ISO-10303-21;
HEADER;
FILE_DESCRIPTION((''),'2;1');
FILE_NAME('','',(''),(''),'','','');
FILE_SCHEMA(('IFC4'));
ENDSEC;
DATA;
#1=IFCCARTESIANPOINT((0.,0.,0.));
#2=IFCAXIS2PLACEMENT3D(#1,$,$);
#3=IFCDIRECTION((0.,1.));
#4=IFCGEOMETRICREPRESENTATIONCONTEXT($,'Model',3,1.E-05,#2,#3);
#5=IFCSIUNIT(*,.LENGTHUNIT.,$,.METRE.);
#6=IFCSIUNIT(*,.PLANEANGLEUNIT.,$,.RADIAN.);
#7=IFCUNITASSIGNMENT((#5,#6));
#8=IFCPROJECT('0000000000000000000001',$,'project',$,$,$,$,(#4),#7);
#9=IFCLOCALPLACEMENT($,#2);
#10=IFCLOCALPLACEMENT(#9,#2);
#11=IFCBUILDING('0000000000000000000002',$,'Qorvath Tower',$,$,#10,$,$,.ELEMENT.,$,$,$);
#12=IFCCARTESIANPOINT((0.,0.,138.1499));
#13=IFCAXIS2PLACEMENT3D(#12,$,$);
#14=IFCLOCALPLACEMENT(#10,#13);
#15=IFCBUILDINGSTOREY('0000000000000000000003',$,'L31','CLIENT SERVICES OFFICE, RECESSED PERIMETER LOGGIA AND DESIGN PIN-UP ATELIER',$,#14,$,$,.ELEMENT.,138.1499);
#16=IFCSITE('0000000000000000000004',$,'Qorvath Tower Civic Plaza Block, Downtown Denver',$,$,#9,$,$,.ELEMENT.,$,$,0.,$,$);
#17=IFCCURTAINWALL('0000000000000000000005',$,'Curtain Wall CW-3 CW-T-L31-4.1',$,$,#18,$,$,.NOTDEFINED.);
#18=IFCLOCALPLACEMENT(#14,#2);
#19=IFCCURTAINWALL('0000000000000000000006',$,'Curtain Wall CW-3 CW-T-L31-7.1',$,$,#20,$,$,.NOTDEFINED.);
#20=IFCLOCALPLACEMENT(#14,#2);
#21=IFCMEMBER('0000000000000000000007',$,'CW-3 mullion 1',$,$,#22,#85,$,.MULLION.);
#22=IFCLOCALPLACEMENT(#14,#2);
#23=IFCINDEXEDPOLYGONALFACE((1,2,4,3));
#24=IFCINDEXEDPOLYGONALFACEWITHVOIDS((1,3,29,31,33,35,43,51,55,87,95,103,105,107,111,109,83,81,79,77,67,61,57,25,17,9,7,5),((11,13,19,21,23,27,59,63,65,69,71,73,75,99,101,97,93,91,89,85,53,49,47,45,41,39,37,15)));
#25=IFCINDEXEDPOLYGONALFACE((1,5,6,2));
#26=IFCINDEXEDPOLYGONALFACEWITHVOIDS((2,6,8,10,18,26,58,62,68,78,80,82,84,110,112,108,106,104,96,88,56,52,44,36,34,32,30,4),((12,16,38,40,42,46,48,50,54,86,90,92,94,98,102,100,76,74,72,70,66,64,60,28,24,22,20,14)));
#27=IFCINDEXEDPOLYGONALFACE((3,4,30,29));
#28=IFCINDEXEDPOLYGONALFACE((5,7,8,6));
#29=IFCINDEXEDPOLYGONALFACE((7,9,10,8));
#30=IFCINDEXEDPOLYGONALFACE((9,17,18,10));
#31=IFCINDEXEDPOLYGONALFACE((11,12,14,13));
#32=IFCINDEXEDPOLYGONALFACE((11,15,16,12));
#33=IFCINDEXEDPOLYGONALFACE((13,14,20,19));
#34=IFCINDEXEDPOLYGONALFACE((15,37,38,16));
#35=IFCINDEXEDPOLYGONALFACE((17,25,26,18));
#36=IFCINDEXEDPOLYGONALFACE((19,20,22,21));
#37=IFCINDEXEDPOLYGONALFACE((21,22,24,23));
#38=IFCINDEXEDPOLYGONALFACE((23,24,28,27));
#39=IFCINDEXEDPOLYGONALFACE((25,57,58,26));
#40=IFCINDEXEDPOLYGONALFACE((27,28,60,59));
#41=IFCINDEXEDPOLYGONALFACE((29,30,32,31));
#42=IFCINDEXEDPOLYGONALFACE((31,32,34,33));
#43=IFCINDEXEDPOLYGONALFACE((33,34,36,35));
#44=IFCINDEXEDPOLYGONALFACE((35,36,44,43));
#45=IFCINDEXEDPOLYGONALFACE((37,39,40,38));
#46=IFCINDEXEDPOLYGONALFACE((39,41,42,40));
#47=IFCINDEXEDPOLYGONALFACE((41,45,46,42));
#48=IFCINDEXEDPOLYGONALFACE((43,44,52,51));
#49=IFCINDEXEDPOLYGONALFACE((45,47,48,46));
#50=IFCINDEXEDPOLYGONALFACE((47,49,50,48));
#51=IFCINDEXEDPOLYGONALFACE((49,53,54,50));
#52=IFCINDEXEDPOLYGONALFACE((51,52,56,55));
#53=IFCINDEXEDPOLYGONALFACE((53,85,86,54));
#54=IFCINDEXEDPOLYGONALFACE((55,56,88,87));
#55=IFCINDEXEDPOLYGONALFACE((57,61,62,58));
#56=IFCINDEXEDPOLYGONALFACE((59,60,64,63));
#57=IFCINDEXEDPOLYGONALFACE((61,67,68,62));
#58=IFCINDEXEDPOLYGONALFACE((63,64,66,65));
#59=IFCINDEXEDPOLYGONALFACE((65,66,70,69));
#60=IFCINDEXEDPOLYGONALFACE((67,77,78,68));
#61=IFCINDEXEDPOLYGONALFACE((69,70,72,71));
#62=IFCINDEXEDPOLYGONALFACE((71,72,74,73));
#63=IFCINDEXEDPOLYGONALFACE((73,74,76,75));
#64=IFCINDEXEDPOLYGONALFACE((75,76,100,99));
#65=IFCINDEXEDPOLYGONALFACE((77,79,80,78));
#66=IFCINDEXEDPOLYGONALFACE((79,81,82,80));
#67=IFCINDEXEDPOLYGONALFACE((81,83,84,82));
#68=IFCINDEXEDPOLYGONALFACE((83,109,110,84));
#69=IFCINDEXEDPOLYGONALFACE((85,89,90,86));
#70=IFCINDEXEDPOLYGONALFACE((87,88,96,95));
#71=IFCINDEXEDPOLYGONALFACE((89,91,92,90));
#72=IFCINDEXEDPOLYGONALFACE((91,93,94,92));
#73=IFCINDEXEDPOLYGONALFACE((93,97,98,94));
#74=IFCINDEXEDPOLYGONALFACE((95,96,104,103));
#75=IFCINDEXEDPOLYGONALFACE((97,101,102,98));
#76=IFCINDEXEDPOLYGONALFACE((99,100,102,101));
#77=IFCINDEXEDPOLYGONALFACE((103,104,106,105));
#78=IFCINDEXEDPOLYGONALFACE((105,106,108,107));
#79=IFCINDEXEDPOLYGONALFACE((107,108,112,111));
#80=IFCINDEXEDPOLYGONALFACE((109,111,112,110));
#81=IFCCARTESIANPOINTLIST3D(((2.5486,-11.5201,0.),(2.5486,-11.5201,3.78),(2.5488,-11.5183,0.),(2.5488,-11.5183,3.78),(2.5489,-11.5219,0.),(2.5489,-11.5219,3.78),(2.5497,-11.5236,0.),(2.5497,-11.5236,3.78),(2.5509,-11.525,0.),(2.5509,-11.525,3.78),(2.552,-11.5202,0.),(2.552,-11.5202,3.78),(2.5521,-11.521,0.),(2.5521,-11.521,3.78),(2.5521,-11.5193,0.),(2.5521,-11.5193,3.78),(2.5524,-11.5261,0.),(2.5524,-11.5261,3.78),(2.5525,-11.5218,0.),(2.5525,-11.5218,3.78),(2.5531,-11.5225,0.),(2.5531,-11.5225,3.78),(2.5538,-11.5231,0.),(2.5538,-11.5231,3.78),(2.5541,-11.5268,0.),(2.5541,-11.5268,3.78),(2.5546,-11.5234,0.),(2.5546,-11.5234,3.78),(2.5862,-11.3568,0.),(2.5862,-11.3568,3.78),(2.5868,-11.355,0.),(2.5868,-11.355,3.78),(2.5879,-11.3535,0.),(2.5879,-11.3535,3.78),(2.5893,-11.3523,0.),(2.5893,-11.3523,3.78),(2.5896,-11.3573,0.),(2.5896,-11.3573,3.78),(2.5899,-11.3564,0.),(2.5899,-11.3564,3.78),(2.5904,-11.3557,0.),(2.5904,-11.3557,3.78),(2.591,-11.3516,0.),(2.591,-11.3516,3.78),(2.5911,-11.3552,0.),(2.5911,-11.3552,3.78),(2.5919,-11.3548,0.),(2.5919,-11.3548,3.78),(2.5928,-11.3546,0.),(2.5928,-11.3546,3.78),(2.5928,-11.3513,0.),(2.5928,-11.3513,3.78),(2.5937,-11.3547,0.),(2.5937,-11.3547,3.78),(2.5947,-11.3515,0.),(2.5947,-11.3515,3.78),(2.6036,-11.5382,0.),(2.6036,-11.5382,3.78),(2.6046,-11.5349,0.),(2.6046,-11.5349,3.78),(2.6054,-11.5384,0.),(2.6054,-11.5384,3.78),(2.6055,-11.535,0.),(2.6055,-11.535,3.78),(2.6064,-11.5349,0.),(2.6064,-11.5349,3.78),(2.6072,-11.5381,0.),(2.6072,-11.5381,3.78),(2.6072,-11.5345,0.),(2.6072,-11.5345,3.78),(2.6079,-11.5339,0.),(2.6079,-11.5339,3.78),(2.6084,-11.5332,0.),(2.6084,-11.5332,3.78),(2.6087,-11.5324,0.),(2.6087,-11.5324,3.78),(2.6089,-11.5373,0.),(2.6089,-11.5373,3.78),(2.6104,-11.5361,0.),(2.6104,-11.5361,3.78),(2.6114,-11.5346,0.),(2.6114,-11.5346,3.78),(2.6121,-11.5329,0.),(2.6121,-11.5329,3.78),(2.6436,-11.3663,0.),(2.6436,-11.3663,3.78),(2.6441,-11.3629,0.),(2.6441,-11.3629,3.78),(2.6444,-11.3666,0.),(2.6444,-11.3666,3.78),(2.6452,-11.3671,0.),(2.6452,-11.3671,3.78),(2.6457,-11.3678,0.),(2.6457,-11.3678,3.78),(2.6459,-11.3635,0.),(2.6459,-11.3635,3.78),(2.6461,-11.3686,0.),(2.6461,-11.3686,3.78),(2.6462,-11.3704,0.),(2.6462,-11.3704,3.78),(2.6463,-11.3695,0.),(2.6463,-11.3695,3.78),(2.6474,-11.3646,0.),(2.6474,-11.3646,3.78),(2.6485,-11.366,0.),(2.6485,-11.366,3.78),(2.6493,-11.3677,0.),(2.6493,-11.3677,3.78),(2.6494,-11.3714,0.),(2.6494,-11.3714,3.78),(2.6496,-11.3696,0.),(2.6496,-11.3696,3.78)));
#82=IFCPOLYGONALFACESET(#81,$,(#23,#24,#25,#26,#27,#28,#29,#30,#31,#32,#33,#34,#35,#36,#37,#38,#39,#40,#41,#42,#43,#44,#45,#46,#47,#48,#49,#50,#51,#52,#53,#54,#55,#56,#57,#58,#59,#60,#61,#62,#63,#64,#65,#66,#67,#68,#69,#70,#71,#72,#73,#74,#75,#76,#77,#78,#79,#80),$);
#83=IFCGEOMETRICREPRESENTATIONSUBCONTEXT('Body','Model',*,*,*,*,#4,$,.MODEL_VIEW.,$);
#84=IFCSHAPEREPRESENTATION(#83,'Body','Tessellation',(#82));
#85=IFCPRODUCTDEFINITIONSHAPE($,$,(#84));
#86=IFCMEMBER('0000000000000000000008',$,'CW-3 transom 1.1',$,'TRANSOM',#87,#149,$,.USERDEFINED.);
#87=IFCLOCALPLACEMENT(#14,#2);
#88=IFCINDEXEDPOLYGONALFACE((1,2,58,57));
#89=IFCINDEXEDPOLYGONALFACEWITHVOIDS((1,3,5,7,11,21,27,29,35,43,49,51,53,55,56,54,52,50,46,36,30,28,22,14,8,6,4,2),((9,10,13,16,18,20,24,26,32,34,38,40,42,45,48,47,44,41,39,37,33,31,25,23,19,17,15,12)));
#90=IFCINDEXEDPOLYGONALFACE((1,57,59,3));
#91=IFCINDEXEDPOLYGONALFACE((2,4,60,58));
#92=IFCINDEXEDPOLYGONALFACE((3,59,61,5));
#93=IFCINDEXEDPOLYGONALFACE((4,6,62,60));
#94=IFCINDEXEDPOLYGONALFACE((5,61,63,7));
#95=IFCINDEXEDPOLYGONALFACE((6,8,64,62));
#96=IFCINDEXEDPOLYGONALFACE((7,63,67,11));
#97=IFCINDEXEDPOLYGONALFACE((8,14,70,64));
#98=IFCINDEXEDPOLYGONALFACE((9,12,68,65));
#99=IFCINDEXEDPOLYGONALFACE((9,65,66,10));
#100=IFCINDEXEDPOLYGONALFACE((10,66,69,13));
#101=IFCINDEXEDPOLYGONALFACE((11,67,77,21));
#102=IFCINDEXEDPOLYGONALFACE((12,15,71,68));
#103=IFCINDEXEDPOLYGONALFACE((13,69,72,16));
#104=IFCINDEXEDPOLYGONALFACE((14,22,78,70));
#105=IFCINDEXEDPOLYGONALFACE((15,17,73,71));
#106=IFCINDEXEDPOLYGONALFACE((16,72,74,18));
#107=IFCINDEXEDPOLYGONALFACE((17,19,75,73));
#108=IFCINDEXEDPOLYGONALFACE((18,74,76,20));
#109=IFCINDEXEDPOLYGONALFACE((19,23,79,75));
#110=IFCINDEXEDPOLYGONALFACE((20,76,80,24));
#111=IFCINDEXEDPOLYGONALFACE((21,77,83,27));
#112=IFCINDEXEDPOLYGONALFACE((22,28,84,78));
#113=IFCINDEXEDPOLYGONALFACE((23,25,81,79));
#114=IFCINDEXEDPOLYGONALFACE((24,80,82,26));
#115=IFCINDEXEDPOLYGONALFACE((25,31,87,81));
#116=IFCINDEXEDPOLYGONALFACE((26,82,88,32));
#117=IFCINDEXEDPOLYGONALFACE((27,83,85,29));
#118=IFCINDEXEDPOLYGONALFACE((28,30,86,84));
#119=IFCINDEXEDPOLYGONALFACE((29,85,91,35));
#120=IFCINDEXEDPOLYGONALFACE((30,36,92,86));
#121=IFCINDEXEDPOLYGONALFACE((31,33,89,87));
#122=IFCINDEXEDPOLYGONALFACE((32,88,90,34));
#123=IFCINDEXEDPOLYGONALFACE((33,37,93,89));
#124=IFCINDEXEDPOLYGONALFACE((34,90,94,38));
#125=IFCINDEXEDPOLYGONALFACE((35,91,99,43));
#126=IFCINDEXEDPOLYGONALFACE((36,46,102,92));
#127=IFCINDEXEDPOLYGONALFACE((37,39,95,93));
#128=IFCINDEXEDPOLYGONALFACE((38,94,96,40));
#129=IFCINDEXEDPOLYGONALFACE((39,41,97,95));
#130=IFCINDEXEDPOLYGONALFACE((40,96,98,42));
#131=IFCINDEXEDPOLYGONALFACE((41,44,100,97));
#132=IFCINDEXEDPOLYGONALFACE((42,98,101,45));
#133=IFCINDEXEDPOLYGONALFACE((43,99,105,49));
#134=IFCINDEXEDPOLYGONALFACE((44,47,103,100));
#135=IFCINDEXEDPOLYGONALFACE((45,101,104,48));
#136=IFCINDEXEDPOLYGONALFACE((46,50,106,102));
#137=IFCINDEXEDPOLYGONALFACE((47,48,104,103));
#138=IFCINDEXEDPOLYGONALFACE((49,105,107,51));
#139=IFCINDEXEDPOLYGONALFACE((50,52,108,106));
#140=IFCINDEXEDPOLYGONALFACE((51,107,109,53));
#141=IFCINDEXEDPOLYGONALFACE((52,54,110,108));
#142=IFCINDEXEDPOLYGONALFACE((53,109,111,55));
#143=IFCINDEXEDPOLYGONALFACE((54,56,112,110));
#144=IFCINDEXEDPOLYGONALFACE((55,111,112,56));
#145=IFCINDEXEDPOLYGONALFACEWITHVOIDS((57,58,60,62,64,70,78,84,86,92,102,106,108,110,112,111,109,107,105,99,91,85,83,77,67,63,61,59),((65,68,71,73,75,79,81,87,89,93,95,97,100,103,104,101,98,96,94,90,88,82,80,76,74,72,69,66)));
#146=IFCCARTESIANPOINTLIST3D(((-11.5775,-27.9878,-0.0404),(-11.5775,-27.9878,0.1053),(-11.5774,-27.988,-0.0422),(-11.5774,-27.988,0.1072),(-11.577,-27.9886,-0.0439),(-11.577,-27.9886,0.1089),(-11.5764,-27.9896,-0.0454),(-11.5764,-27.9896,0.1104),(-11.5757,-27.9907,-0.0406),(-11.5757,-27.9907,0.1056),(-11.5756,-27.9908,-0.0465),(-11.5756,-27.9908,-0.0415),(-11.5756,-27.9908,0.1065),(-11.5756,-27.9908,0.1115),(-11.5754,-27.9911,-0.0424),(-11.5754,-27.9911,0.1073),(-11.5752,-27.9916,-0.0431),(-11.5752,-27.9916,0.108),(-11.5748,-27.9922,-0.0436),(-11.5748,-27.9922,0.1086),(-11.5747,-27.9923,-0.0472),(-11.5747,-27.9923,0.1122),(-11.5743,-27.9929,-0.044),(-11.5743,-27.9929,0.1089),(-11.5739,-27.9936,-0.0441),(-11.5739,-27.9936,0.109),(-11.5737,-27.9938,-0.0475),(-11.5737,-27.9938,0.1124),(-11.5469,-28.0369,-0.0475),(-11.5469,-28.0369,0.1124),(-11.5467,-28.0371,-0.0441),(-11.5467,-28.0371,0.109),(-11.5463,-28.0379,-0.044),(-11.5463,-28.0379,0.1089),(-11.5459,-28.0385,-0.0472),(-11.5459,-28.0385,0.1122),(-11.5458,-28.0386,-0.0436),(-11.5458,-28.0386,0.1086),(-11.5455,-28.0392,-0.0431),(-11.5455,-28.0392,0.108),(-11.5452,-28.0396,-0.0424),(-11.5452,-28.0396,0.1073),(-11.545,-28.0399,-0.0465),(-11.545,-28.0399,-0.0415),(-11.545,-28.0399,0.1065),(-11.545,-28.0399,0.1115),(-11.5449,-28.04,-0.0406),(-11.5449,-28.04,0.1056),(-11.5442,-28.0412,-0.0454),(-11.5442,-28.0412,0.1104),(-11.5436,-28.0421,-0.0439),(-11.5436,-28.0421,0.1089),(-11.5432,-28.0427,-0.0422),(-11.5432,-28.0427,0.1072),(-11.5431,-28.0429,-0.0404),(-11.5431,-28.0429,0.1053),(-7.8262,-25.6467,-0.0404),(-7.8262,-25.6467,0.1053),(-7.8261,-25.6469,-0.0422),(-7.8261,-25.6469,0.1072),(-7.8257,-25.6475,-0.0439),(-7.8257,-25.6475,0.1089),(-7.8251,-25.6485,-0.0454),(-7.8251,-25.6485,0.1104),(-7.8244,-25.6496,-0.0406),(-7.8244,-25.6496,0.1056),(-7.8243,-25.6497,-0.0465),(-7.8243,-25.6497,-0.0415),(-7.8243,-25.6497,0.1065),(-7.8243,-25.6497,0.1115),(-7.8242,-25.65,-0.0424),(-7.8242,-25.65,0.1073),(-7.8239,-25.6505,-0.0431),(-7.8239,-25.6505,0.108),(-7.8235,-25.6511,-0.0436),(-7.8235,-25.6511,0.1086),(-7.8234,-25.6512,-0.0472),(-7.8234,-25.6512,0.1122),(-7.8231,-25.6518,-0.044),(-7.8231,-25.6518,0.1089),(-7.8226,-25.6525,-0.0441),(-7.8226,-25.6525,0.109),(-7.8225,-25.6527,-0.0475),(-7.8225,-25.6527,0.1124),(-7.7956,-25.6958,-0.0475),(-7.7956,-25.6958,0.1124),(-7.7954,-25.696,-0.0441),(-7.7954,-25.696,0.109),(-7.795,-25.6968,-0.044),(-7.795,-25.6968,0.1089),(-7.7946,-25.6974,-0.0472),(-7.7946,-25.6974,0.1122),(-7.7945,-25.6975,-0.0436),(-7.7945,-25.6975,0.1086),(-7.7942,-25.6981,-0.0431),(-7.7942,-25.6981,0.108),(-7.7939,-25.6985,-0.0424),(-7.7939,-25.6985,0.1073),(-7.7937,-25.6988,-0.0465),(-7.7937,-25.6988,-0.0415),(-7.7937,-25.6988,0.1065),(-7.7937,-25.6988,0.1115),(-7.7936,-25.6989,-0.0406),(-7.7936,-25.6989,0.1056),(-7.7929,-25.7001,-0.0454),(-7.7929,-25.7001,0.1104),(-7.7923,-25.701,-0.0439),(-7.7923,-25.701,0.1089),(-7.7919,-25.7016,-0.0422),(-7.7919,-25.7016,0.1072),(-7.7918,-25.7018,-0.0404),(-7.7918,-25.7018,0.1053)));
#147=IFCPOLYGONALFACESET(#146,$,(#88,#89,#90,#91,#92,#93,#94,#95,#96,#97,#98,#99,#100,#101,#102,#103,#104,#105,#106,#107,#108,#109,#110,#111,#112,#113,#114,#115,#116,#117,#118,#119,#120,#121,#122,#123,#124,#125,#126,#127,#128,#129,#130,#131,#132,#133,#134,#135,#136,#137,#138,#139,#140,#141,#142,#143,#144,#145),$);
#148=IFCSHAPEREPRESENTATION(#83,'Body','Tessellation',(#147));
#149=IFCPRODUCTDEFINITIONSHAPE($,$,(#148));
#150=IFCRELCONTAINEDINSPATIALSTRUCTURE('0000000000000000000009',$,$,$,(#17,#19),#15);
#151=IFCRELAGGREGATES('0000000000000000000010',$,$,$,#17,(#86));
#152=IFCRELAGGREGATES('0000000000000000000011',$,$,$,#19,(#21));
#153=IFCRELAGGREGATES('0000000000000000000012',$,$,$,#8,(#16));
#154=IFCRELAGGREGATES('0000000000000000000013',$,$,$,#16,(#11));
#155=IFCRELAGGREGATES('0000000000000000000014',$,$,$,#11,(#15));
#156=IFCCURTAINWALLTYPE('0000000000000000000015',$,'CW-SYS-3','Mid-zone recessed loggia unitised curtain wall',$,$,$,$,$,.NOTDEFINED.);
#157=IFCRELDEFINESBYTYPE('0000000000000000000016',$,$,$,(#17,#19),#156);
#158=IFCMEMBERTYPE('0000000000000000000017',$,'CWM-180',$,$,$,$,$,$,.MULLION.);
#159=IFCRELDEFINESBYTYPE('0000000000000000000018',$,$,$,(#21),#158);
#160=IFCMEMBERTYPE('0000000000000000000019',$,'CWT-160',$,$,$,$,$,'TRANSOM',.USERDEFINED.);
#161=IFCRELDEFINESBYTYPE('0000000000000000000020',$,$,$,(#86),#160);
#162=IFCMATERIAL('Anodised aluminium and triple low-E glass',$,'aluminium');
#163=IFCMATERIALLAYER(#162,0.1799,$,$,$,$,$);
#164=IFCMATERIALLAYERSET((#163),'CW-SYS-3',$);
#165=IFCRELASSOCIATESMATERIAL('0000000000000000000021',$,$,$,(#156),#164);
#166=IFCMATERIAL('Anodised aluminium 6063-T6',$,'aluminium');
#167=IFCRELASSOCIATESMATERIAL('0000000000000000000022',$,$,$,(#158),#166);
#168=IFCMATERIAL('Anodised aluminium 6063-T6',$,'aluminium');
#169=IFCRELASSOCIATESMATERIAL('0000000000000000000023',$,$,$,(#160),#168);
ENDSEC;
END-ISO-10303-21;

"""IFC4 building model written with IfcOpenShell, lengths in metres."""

from ifc_helpers import new_model, si_unit, direction, frame, origin, origin_2d, place, context, subcontext, project, spatial, hollow_rectangle, extrude, material, layer, layer_set, material_profile, profile_set, type_object, element, aggregate, save


model = new_model("IFC4")

# Units and contexts
model_context = context("Model", 3, precision=1e-05, world=origin(), true_north=direction((0.0, 1.0)))
body_context = subcontext(model_context, "Body", "Model", "MODEL_VIEW")
ifc_project = project(units=[si_unit("LENGTHUNIT", "METRE"), si_unit("PLANEANGLEUNIT", "RADIAN")], contexts=[model_context])

# Site, building, storey
site_placement = place(None, origin())
site = spatial("IfcSite", under=ifc_project, at=site_placement, Name="Qorvath Tower Civic Plaza Block, Downtown Denver", CompositionType="ELEMENT", RefElevation=0.0)
building_placement = place(site_placement, origin())
building = spatial("IfcBuilding", under=site, at=building_placement, Name="Qorvath Tower", CompositionType="ELEMENT")
storey_placement = place(building_placement, frame((0.0, 0.0, 138.1499)))
storey = spatial("IfcBuildingStorey", under=building, at=storey_placement, Name="L31", Description="CLIENT SERVICES OFFICE, RECESSED PERIMETER LOGGIA AND DESIGN PIN-UP ATELIER", CompositionType="ELEMENT", Elevation=138.1499)

# Shared definitions
ifc_material_1 = material(Name="Anodised aluminium and triple low-E glass", Category="aluminium")
ifc_layer_1 = layer(ifc_material_1, 0.1799)
ifc_layer_set_1 = layer_set([ifc_layer_1], Name="CW-SYS-3")
curtain_wall_type = type_object("IfcCurtainWallType", Name="CW-SYS-3", Description="Mid-zone recessed loggia unitised curtain wall", PredefinedType="NOTDEFINED", material=ifc_layer_set_1)
ifc_material_2 = material(Name="Anodised aluminium 6063-T6", Category="aluminium")
ifc_material_profile_1 = material_profile(ifc_material_2, hollow_rectangle(XDim=0.0649, YDim=0.1799, WallThickness=0.0034, InnerFilletRadius=0.0034, OuterFilletRadius=0.0071, at=origin_2d()), Name="CWM 180x65")
ifc_profile_set_1 = profile_set([ifc_material_profile_1], Name="Anodised aluminium 6063-T6")
member_type_1 = type_object("IfcMemberType", Name="CWM-180", PredefinedType="MULLION", material=ifc_profile_set_1)

# Curtain wall
curtain_wall_1_placement = place(storey_placement, origin())
curtain_wall_1 = element("IfcCurtainWall", 1, at=curtain_wall_1_placement, inside=storey, type_object=curtain_wall_type, Name="Curtain Wall CW-3 CW-T-L31-4.1", PredefinedType="NOTDEFINED")

# Curtain wall, member
curtain_wall_2_placement = place(storey_placement, origin())
curtain_wall_2 = element("IfcCurtainWall", 2, at=curtain_wall_2_placement, inside=storey, type_object=curtain_wall_type, Name="Curtain Wall CW-3 CW-T-L31-7.1", PredefinedType="NOTDEFINED")
member_1_placement = place(storey_placement, frame((2.5991, -11.4448, 0.0), z_axis=(0.0, 0.0, 1.0), x_axis=(-0.974262, 0.225417, 0.0)))
member_1 = element("IfcMember", 3, at=member_1_placement, type_object=member_type_1, Name="CW-3 mullion 1", PredefinedType="MULLION", context=body_context, shape_type="SweptSolid", body=[
    extrude(hollow_rectangle(XDim=0.0649, YDim=0.1799, WallThickness=0.0034, InnerFilletRadius=0.0034, OuterFilletRadius=0.0071, at=origin_2d()), origin(), (0.0, 0.0, 1.0), 3.78),
])

# Member
ifc_material_3 = material(Name="Anodised aluminium 6063-T6", Category="aluminium")
ifc_material_profile_2 = material_profile(ifc_material_3, hollow_rectangle(XDim=0.0649, YDim=0.1599, WallThickness=0.0034, InnerFilletRadius=0.0034, OuterFilletRadius=0.0071, at=origin_2d()), Name="CWT 160x65")
ifc_profile_set_2 = profile_set([ifc_material_profile_2], Name="Anodised aluminium 6063-T6")
member_type_2 = type_object("IfcMemberType", Name="CWT-160", ElementType="TRANSOM", PredefinedType="USERDEFINED", material=ifc_profile_set_2)
member_2_placement = place(storey_placement, frame((-11.5603, -28.0154, 0.0325), z_axis=(0.848349, 0.529438, 0.0), x_axis=(-0.529438, 0.848349, 0.0)))
member_2 = element("IfcMember", 4, at=member_2_placement, type_object=member_type_2, Name="CW-3 transom 1.1", ObjectType="TRANSOM", PredefinedType="USERDEFINED", context=body_context, shape_type="SweptSolid", body=[
    extrude(hollow_rectangle(XDim=0.0649, YDim=0.1599, WallThickness=0.0034, InnerFilletRadius=0.0034, OuterFilletRadius=0.0071, at=origin_2d()), origin(), (0.0, 0.0, 1.0), 4.4219),
])

aggregate(curtain_wall_1, [member_2])
aggregate(curtain_wall_2, [member_1])

save(model, "model.ifc")
